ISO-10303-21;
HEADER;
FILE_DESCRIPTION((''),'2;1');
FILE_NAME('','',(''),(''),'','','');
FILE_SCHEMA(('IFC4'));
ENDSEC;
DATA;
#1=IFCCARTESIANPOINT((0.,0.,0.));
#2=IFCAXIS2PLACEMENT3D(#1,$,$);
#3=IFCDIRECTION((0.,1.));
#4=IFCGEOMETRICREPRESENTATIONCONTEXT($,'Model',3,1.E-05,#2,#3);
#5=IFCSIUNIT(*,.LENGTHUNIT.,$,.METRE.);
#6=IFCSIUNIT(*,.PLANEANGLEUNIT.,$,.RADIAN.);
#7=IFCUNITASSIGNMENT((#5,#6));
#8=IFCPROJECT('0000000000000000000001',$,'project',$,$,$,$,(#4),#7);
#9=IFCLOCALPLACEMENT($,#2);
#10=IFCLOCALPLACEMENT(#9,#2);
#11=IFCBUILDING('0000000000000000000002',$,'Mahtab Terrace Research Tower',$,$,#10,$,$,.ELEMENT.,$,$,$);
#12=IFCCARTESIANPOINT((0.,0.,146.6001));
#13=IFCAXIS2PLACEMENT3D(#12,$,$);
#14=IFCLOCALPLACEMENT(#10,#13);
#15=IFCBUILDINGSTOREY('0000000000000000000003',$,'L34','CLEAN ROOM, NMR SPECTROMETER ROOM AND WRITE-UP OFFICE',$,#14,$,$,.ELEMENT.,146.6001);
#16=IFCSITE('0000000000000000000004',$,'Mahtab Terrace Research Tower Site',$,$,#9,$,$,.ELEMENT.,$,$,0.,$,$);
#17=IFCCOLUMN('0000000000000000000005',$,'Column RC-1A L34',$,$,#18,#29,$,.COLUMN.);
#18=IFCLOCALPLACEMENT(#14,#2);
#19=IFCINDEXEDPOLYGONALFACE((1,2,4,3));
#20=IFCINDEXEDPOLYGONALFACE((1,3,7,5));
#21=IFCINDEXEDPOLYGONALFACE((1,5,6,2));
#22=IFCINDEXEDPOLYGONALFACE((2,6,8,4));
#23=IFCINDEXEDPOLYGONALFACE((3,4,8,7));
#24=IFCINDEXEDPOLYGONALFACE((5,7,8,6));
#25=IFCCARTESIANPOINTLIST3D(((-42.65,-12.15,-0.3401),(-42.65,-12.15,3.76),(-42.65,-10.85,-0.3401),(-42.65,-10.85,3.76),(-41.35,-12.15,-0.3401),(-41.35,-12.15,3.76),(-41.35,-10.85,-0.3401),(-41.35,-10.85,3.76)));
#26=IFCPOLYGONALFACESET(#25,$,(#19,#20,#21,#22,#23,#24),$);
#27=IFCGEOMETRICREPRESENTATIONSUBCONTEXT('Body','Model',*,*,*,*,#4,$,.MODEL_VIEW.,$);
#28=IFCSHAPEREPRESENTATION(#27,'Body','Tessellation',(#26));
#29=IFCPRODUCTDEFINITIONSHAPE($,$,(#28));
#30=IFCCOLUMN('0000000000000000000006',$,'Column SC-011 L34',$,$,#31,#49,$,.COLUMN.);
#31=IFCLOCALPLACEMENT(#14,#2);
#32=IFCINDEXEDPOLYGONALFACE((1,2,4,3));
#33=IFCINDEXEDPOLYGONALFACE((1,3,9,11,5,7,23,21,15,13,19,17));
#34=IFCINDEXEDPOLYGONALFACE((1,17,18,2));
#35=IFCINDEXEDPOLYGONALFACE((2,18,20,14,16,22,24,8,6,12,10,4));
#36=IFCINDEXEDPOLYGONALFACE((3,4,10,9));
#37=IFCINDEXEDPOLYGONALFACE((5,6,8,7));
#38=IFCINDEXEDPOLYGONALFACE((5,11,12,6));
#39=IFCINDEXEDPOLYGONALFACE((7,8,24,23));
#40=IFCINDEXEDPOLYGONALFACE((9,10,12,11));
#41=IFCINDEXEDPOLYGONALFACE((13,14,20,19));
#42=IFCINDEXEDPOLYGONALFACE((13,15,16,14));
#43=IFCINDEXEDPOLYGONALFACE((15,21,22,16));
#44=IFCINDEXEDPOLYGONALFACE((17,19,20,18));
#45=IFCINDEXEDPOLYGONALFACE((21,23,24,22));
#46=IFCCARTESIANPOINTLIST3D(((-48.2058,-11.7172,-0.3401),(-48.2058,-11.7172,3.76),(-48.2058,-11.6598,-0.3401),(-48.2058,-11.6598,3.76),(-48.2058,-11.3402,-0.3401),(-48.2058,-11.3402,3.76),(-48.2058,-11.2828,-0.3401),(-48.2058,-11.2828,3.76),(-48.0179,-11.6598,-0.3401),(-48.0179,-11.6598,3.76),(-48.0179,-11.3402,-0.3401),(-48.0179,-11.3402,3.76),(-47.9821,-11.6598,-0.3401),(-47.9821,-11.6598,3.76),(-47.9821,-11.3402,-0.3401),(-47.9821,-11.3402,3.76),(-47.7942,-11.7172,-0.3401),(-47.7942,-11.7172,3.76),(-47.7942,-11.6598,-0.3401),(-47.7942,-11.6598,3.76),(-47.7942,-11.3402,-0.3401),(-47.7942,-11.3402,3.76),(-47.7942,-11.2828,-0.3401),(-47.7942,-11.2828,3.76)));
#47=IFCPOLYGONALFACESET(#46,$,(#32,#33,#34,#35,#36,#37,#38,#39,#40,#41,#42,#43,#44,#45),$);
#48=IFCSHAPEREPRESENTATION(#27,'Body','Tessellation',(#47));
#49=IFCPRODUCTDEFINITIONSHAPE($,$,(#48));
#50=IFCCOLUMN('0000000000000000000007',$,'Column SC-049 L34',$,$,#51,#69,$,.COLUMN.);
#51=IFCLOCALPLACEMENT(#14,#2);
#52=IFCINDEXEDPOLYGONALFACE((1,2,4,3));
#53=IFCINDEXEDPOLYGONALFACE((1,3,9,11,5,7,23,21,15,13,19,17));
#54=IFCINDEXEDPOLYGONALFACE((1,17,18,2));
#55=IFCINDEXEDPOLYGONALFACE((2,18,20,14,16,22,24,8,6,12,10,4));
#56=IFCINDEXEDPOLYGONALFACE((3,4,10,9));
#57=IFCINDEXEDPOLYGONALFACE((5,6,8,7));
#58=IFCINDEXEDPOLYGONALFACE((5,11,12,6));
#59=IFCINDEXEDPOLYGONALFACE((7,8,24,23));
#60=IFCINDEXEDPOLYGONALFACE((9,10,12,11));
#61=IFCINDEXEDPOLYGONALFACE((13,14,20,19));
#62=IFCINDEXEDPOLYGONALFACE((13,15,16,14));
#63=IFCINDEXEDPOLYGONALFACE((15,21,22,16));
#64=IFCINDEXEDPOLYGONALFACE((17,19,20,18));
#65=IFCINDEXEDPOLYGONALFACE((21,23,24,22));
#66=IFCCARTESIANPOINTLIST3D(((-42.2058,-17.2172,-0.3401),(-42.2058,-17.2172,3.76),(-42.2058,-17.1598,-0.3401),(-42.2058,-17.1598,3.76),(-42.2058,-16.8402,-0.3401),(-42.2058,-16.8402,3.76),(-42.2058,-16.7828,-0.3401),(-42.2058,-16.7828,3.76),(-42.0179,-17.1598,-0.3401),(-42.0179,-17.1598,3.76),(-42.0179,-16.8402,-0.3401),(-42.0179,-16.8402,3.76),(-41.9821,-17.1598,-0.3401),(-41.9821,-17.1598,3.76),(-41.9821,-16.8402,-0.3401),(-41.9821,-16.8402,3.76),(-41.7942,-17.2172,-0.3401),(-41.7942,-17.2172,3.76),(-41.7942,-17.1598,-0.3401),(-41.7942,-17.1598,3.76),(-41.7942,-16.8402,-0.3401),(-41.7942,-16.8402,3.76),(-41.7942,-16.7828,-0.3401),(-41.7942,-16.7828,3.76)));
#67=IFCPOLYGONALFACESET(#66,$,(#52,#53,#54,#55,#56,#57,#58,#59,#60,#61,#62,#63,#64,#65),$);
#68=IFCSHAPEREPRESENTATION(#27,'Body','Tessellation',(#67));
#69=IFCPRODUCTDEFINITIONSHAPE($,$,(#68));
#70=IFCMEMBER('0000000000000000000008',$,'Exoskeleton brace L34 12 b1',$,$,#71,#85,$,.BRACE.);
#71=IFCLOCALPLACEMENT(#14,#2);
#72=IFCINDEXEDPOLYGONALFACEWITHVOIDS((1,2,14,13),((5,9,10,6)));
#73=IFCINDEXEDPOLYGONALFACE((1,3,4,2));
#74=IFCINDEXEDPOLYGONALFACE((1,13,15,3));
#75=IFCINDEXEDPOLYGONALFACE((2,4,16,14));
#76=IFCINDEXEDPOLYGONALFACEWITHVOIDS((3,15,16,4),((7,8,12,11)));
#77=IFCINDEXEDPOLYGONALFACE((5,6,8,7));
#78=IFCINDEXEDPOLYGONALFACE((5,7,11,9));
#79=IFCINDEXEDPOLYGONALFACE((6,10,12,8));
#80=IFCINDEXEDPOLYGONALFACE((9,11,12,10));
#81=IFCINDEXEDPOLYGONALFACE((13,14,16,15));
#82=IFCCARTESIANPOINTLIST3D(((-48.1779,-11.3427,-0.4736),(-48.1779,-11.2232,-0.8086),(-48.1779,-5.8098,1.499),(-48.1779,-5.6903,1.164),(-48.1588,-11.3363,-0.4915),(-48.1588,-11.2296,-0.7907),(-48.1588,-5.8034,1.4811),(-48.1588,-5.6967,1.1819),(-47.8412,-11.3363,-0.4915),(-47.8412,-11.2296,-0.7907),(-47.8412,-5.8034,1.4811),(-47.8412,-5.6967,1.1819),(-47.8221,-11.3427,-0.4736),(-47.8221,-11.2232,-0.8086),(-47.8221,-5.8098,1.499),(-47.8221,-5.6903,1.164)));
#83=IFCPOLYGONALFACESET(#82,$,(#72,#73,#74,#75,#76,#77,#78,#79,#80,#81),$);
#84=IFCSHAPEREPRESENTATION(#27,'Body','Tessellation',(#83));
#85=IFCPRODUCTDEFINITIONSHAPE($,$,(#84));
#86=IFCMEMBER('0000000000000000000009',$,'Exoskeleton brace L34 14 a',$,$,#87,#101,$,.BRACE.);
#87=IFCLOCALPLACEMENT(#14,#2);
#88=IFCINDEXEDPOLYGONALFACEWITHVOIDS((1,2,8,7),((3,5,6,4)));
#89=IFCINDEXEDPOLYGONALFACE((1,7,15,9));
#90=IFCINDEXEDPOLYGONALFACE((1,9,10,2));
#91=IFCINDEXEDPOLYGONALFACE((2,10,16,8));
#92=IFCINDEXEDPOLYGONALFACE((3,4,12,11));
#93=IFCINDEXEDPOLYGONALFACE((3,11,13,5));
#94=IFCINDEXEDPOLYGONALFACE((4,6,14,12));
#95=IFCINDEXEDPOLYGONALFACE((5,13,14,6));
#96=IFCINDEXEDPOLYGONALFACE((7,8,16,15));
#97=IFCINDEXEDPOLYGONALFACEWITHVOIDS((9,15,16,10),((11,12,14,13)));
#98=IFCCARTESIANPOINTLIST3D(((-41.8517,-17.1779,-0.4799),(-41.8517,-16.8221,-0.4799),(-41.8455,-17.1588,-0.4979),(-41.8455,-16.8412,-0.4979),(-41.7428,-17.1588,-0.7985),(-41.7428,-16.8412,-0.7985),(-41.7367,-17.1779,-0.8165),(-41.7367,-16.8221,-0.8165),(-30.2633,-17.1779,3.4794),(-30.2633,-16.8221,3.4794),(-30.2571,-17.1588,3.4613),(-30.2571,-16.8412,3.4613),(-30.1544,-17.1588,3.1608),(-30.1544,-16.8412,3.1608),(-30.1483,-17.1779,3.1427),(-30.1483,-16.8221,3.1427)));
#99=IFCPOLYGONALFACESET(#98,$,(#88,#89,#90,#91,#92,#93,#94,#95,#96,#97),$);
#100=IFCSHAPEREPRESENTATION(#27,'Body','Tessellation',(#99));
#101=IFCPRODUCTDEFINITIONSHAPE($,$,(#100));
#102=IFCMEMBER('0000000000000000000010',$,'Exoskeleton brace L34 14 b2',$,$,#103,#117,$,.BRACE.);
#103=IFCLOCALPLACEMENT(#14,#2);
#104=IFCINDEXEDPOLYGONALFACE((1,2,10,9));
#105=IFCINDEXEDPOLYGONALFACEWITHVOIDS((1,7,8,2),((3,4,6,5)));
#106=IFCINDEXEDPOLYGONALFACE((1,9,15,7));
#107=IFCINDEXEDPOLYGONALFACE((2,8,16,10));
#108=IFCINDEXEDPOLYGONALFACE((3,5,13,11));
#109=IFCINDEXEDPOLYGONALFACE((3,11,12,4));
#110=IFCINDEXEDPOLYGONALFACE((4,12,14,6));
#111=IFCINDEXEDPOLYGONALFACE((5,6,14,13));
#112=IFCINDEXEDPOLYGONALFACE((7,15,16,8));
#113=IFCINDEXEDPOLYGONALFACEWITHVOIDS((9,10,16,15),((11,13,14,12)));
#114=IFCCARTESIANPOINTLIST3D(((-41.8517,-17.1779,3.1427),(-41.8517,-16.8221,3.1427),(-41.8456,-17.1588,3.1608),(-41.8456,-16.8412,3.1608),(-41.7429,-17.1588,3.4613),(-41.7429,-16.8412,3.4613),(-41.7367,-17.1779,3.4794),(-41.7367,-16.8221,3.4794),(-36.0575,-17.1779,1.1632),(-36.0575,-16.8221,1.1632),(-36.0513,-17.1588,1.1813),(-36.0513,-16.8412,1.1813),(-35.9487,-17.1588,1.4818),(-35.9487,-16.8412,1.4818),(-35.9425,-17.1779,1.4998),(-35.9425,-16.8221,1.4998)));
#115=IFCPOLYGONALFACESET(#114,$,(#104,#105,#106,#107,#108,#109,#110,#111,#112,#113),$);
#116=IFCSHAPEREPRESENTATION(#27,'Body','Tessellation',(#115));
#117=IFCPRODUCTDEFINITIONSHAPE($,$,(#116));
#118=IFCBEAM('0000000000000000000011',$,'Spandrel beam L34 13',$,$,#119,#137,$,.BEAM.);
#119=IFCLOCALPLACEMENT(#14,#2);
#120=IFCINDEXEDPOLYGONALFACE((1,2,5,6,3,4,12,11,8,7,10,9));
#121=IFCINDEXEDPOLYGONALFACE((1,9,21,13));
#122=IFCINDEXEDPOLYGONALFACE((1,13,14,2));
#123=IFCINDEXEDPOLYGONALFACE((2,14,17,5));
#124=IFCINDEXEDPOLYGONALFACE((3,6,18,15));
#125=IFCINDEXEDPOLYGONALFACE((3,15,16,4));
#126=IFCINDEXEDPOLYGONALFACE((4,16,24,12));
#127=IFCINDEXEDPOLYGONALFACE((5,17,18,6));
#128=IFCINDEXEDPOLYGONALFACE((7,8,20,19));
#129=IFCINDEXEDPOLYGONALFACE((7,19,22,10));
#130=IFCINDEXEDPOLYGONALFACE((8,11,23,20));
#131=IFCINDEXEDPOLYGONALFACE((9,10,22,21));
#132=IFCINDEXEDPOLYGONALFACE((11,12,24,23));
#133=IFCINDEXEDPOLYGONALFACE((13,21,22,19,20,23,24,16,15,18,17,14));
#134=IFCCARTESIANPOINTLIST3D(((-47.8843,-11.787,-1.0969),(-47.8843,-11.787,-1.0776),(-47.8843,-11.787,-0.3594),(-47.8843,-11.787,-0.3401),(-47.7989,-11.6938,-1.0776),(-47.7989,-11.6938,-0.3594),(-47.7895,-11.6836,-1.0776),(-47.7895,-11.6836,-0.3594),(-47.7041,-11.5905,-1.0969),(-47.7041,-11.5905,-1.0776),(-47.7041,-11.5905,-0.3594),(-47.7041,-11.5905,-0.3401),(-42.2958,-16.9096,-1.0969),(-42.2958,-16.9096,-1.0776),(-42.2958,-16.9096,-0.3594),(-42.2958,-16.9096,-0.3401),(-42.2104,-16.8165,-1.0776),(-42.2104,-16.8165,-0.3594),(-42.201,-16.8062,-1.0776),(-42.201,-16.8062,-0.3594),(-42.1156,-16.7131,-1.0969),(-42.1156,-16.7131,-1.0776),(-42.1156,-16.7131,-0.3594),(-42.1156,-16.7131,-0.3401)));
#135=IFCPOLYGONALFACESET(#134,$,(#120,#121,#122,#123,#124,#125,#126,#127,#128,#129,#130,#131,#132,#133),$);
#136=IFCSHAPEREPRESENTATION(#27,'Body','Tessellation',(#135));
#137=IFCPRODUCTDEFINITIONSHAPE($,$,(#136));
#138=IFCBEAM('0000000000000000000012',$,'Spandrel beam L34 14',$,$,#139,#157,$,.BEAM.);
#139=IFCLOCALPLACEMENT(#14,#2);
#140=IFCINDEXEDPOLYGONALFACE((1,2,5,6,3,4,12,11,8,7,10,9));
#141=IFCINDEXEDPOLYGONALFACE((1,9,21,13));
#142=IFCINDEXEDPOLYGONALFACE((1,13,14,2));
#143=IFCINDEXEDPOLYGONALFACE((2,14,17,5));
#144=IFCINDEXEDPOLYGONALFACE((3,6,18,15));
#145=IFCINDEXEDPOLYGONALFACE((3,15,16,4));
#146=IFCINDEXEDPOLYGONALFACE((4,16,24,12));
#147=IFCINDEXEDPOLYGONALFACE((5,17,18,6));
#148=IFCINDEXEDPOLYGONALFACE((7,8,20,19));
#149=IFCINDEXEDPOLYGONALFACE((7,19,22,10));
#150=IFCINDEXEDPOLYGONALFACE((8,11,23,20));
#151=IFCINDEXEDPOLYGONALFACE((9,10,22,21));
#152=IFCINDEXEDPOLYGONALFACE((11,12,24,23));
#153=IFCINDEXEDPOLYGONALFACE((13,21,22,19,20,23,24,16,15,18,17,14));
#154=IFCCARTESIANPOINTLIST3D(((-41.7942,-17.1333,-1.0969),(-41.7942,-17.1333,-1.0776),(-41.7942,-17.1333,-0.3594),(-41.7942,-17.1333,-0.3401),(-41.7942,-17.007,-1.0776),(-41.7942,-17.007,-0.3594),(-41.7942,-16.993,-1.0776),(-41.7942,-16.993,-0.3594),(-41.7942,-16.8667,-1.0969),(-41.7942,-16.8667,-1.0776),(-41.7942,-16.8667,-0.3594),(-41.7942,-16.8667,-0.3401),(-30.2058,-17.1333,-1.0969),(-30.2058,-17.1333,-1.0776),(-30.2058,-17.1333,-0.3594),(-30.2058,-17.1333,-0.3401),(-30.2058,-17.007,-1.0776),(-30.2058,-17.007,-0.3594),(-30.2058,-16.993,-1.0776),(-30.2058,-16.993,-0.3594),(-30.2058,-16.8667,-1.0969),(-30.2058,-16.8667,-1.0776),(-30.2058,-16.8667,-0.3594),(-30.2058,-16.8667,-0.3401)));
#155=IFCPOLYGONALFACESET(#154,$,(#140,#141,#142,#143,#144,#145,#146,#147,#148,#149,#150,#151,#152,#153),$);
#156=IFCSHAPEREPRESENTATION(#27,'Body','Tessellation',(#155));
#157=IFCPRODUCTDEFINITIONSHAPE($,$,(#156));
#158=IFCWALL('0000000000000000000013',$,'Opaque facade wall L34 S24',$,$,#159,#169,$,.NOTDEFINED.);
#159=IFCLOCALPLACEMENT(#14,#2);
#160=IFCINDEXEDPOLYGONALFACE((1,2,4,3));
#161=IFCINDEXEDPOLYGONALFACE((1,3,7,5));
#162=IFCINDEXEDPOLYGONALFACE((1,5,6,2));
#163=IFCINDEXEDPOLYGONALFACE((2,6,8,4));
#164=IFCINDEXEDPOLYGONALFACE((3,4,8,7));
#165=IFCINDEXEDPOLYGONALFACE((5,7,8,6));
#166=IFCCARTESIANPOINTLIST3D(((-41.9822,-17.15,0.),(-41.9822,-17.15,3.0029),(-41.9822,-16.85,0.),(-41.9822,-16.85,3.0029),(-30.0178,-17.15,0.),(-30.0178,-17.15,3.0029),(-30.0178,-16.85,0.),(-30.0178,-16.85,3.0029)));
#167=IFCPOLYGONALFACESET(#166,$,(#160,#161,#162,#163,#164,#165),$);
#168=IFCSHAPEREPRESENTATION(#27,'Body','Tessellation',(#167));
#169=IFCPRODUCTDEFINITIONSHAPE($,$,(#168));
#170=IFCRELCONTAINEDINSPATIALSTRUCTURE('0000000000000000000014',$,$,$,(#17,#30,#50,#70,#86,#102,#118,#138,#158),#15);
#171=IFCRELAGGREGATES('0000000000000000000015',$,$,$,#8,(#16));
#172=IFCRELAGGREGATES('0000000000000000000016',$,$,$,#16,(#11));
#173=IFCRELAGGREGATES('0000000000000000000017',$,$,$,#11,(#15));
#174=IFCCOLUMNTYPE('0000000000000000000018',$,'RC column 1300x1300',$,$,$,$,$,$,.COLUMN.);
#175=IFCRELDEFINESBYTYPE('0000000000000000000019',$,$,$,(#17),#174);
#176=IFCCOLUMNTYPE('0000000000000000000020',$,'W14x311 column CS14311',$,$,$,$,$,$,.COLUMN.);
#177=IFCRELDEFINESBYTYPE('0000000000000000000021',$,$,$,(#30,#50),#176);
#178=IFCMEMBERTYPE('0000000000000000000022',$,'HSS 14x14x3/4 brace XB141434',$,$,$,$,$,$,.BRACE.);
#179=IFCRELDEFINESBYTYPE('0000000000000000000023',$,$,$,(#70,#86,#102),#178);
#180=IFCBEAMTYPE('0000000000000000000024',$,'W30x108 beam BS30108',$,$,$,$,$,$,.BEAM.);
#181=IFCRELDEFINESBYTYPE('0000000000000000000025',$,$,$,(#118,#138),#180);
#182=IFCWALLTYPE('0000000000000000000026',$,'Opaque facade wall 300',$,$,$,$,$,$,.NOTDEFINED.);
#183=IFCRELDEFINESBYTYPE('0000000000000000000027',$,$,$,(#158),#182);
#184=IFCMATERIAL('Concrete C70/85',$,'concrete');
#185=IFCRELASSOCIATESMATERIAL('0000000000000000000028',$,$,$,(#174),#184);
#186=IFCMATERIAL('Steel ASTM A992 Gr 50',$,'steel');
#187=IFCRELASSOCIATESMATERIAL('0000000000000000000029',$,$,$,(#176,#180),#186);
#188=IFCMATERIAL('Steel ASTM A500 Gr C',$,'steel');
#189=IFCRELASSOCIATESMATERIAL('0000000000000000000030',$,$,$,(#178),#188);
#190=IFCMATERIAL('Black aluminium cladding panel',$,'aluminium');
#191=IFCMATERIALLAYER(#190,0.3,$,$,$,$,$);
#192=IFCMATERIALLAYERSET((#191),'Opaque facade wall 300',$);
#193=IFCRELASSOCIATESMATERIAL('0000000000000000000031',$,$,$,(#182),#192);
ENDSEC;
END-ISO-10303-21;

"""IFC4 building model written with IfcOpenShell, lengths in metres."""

from ifc_helpers import new_model, si_unit, direction, frame, frame_2d, origin, origin_2d, place, context, subcontext, project, spatial, rectangle, hollow_rectangle, i_section, extrude, material, layer, layer_set, material_profile, profile_set, type_object, element, save


model = new_model("IFC4")

# Units and contexts
model_context = context("Model", 3, precision=1e-05, world=origin(), true_north=direction((0.0, 1.0)))
body_context = subcontext(model_context, "Body", "Model", "MODEL_VIEW")
ifc_project = project(units=[si_unit("LENGTHUNIT", "METRE"), si_unit("PLANEANGLEUNIT", "RADIAN")], contexts=[model_context])

# Site, building, storey
site_placement = place(None, origin())
site = spatial("IfcSite", under=ifc_project, at=site_placement, Name="Mahtab Terrace Research Tower Site", CompositionType="ELEMENT", RefElevation=0.0)
building_placement = place(site_placement, origin())
building = spatial("IfcBuilding", under=site, at=building_placement, Name="Mahtab Terrace Research Tower", CompositionType="ELEMENT")
storey_placement = place(building_placement, frame((0.0, 0.0, 146.6001)))
storey = spatial("IfcBuildingStorey", under=building, at=storey_placement, Name="L34", Description="CLEAN ROOM, NMR SPECTROMETER ROOM AND WRITE-UP OFFICE", CompositionType="ELEMENT", Elevation=146.6001)

# Columns
ifc_material_1 = material(Name="Concrete C70/85", Category="concrete")
ifc_material_profile_1 = material_profile(ifc_material_1, rectangle(XDim=1.3, YDim=1.3, at=origin_2d()), Name="RC column 1300x1300")
ifc_profile_set_1 = profile_set([ifc_material_profile_1], Name="Concrete C70/85")
column_type_1 = type_object("IfcColumnType", Name="RC column 1300x1300", PredefinedType="COLUMN", material=ifc_profile_set_1)
column_placement = place(storey_placement, frame((-42.0, -11.5, -0.3401), z_axis=(0.0, 0.0, 1.0), x_axis=(1.0, 0.0, 0.0)))
element("IfcColumn", 1, at=column_placement, inside=storey, type_object=column_type_1, Name="Column RC-1A L34", PredefinedType="COLUMN", context=body_context, shape_type="SweptSolid", body=[
    extrude(rectangle(XDim=1.3, YDim=1.3, at=origin_2d()), origin(), (0.0, 0.0, 1.0), 4.1001),
])
ifc_material_2 = material(Name="Steel ASTM A992 Gr 50", Category="steel")
ifc_material_profile_2 = material_profile(ifc_material_2, i_section(OverallWidth=0.4116, OverallDepth=0.4343, WebThickness=0.0359, FlangeThickness=0.0574, at=origin_2d()), Name="W14X311")
ifc_profile_set_2 = profile_set([ifc_material_profile_2], Name="Steel ASTM A992 Gr 50")
column_type_2 = type_object("IfcColumnType", Name="W14x311 column CS14311", PredefinedType="COLUMN", material=ifc_profile_set_2)
for number, where, z_axis, x_axis, name in (
    (2, (-48.0, -11.5, -0.3401), (0.0, 0.0, 1.0), (1.0, 0.0, 0.0), "Column SC-011 L34"),
    (3, (-42.0, -17.0, -0.3401), (0.0, 0.0, 1.0), (1.0, 0.0, 0.0), "Column SC-049 L34"),
):
    element("IfcColumn", number, at=place(storey_placement, frame(where, z_axis=z_axis, x_axis=x_axis)), inside=storey, type_object=column_type_2, Name=name, PredefinedType="COLUMN", context=body_context, shape_type="SweptSolid", body=[
        extrude(i_section(OverallWidth=0.4116, OverallDepth=0.4343, WebThickness=0.0359, FlangeThickness=0.0574, at=origin_2d()), origin(), (0.0, 0.0, 1.0), 4.1001),
    ])

# Members
ifc_material_3 = material(Name="Steel ASTM A500 Gr C", Category="steel")
ifc_material_profile_3 = material_profile(ifc_material_3, hollow_rectangle(XDim=0.3557, YDim=0.3557, WallThickness=0.019, at=origin_2d()), Name="HSS14X14X3/4")
ifc_profile_set_3 = profile_set([ifc_material_profile_3], Name="Steel ASTM A500 Gr C")
member_type = type_object("IfcMemberType", Name="HSS 14x14x3/4 brace XB141434", PredefinedType="BRACE", material=ifc_profile_set_3)
member_1_placement = place(storey_placement, frame((-48.0, -11.283, -0.6411), z_axis=(0.0, 0.941925, 0.335823), x_axis=(-1.0, 0.0, 0.0)))
element("IfcMember", 4, at=member_1_placement, inside=storey, type_object=member_type, Name="Exoskeleton brace L34 12 b1", PredefinedType="BRACE", context=body_context, shape_type="SweptSolid", body=[
    extrude(hollow_rectangle(XDim=0.3557, YDim=0.3557, WallThickness=0.019, at=origin_2d()), origin(), (0.0, 0.0, 1.0), 5.874),
])
member_2_placement = place(storey_placement, frame((-41.7942, -17.0, -0.6482), z_axis=(0.946294, 0.0, 0.323306), x_axis=(0.0, 1.0, 0.0)))
element("IfcMember", 5, at=member_2_placement, inside=storey, type_object=member_type, Name="Exoskeleton brace L34 14 a", PredefinedType="BRACE", context=body_context, shape_type="SweptSolid", body=[
    extrude(hollow_rectangle(XDim=0.3557, YDim=0.3557, WallThickness=0.019, at=origin_2d()), origin(), (0.0, 0.0, 1.0), 12.2461),
])
member_3_placement = place(storey_placement, frame((-36.0, -17.0, 1.3315), z_axis=(-0.9463, 0.0, 0.323288), x_axis=(0.0, -1.0, 0.0)))
element("IfcMember", 6, at=member_3_placement, inside=storey, type_object=member_type, Name="Exoskeleton brace L34 14 b2", PredefinedType="BRACE", context=body_context, shape_type="SweptSolid", body=[
    extrude(hollow_rectangle(XDim=0.3557, YDim=0.3557, WallThickness=0.019, at=origin_2d()), origin(), (0.0, 0.0, 1.0), 6.123),
])

# Beams
ifc_material_profile_4 = material_profile(ifc_material_2, i_section(OverallWidth=0.2666, OverallDepth=0.7568, WebThickness=0.0139, FlangeThickness=0.0193, at=origin_2d()), Name="W30X108")
ifc_profile_set_4 = profile_set([ifc_material_profile_4], Name="Steel ASTM A992 Gr 50")
beam_type = type_object("IfcBeamType", Name="W30x108 beam BS30108", PredefinedType="BEAM", material=ifc_profile_set_4)
beam_1_placement = place(storey_placement, frame((-47.7942, -11.6887, -0.7185), z_axis=(0.737162, -0.675716, 0.0), x_axis=(0.675716, 0.737162, 0.0)))
element("IfcBeam", 7, at=beam_1_placement, inside=storey, type_object=beam_type, Name="Spandrel beam L34 13", PredefinedType="BEAM", context=body_context, shape_type="SweptSolid", body=[
    extrude(i_section(OverallWidth=0.2666, OverallDepth=0.7568, WebThickness=0.0139, FlangeThickness=0.0193, at=origin_2d()), origin(), (0.0, 0.0, 1.0), 7.5811),
])
beam_2_placement = place(storey_placement, frame((-41.7942, -17.0, -0.7185), z_axis=(1.0, 0.0, 0.0), x_axis=(0.0, 1.0, 0.0)))
element("IfcBeam", 8, at=beam_2_placement, inside=storey, type_object=beam_type, Name="Spandrel beam L34 14", PredefinedType="BEAM", context=body_context, shape_type="SweptSolid", body=[
    extrude(i_section(OverallWidth=0.2666, OverallDepth=0.7568, WebThickness=0.0139, FlangeThickness=0.0193, at=origin_2d()), origin(), (0.0, 0.0, 1.0), 11.5884),
])

# Wall
ifc_material_4 = material(Name="Black aluminium cladding panel", Category="aluminium")
ifc_layer_1 = layer(ifc_material_4, 0.3)
ifc_layer_set_1 = layer_set([ifc_layer_1], Name="Opaque facade wall 300")
wall_type_1 = type_object("IfcWallType", Name="Opaque facade wall 300", PredefinedType="NOTDEFINED", material=ifc_layer_set_1)
wall_1_placement = place(storey_placement, frame((-41.9822, -17.0, 0.0), z_axis=(0.0, 0.0, 1.0), x_axis=(1.0, 0.0, 0.0)))
element("IfcWall", 9, at=wall_1_placement, inside=storey, type_object=wall_type_1, Name="Opaque facade wall L34 S24", PredefinedType="NOTDEFINED", context=body_context, shape_type="SweptSolid", body=[
    extrude(rectangle(XDim=11.9644, YDim=0.3, at=frame_2d((5.9822, 0.0))), origin(), (0.0, 0.0, 1.0), 3.0029),
])

save(model, "model.ifc")
